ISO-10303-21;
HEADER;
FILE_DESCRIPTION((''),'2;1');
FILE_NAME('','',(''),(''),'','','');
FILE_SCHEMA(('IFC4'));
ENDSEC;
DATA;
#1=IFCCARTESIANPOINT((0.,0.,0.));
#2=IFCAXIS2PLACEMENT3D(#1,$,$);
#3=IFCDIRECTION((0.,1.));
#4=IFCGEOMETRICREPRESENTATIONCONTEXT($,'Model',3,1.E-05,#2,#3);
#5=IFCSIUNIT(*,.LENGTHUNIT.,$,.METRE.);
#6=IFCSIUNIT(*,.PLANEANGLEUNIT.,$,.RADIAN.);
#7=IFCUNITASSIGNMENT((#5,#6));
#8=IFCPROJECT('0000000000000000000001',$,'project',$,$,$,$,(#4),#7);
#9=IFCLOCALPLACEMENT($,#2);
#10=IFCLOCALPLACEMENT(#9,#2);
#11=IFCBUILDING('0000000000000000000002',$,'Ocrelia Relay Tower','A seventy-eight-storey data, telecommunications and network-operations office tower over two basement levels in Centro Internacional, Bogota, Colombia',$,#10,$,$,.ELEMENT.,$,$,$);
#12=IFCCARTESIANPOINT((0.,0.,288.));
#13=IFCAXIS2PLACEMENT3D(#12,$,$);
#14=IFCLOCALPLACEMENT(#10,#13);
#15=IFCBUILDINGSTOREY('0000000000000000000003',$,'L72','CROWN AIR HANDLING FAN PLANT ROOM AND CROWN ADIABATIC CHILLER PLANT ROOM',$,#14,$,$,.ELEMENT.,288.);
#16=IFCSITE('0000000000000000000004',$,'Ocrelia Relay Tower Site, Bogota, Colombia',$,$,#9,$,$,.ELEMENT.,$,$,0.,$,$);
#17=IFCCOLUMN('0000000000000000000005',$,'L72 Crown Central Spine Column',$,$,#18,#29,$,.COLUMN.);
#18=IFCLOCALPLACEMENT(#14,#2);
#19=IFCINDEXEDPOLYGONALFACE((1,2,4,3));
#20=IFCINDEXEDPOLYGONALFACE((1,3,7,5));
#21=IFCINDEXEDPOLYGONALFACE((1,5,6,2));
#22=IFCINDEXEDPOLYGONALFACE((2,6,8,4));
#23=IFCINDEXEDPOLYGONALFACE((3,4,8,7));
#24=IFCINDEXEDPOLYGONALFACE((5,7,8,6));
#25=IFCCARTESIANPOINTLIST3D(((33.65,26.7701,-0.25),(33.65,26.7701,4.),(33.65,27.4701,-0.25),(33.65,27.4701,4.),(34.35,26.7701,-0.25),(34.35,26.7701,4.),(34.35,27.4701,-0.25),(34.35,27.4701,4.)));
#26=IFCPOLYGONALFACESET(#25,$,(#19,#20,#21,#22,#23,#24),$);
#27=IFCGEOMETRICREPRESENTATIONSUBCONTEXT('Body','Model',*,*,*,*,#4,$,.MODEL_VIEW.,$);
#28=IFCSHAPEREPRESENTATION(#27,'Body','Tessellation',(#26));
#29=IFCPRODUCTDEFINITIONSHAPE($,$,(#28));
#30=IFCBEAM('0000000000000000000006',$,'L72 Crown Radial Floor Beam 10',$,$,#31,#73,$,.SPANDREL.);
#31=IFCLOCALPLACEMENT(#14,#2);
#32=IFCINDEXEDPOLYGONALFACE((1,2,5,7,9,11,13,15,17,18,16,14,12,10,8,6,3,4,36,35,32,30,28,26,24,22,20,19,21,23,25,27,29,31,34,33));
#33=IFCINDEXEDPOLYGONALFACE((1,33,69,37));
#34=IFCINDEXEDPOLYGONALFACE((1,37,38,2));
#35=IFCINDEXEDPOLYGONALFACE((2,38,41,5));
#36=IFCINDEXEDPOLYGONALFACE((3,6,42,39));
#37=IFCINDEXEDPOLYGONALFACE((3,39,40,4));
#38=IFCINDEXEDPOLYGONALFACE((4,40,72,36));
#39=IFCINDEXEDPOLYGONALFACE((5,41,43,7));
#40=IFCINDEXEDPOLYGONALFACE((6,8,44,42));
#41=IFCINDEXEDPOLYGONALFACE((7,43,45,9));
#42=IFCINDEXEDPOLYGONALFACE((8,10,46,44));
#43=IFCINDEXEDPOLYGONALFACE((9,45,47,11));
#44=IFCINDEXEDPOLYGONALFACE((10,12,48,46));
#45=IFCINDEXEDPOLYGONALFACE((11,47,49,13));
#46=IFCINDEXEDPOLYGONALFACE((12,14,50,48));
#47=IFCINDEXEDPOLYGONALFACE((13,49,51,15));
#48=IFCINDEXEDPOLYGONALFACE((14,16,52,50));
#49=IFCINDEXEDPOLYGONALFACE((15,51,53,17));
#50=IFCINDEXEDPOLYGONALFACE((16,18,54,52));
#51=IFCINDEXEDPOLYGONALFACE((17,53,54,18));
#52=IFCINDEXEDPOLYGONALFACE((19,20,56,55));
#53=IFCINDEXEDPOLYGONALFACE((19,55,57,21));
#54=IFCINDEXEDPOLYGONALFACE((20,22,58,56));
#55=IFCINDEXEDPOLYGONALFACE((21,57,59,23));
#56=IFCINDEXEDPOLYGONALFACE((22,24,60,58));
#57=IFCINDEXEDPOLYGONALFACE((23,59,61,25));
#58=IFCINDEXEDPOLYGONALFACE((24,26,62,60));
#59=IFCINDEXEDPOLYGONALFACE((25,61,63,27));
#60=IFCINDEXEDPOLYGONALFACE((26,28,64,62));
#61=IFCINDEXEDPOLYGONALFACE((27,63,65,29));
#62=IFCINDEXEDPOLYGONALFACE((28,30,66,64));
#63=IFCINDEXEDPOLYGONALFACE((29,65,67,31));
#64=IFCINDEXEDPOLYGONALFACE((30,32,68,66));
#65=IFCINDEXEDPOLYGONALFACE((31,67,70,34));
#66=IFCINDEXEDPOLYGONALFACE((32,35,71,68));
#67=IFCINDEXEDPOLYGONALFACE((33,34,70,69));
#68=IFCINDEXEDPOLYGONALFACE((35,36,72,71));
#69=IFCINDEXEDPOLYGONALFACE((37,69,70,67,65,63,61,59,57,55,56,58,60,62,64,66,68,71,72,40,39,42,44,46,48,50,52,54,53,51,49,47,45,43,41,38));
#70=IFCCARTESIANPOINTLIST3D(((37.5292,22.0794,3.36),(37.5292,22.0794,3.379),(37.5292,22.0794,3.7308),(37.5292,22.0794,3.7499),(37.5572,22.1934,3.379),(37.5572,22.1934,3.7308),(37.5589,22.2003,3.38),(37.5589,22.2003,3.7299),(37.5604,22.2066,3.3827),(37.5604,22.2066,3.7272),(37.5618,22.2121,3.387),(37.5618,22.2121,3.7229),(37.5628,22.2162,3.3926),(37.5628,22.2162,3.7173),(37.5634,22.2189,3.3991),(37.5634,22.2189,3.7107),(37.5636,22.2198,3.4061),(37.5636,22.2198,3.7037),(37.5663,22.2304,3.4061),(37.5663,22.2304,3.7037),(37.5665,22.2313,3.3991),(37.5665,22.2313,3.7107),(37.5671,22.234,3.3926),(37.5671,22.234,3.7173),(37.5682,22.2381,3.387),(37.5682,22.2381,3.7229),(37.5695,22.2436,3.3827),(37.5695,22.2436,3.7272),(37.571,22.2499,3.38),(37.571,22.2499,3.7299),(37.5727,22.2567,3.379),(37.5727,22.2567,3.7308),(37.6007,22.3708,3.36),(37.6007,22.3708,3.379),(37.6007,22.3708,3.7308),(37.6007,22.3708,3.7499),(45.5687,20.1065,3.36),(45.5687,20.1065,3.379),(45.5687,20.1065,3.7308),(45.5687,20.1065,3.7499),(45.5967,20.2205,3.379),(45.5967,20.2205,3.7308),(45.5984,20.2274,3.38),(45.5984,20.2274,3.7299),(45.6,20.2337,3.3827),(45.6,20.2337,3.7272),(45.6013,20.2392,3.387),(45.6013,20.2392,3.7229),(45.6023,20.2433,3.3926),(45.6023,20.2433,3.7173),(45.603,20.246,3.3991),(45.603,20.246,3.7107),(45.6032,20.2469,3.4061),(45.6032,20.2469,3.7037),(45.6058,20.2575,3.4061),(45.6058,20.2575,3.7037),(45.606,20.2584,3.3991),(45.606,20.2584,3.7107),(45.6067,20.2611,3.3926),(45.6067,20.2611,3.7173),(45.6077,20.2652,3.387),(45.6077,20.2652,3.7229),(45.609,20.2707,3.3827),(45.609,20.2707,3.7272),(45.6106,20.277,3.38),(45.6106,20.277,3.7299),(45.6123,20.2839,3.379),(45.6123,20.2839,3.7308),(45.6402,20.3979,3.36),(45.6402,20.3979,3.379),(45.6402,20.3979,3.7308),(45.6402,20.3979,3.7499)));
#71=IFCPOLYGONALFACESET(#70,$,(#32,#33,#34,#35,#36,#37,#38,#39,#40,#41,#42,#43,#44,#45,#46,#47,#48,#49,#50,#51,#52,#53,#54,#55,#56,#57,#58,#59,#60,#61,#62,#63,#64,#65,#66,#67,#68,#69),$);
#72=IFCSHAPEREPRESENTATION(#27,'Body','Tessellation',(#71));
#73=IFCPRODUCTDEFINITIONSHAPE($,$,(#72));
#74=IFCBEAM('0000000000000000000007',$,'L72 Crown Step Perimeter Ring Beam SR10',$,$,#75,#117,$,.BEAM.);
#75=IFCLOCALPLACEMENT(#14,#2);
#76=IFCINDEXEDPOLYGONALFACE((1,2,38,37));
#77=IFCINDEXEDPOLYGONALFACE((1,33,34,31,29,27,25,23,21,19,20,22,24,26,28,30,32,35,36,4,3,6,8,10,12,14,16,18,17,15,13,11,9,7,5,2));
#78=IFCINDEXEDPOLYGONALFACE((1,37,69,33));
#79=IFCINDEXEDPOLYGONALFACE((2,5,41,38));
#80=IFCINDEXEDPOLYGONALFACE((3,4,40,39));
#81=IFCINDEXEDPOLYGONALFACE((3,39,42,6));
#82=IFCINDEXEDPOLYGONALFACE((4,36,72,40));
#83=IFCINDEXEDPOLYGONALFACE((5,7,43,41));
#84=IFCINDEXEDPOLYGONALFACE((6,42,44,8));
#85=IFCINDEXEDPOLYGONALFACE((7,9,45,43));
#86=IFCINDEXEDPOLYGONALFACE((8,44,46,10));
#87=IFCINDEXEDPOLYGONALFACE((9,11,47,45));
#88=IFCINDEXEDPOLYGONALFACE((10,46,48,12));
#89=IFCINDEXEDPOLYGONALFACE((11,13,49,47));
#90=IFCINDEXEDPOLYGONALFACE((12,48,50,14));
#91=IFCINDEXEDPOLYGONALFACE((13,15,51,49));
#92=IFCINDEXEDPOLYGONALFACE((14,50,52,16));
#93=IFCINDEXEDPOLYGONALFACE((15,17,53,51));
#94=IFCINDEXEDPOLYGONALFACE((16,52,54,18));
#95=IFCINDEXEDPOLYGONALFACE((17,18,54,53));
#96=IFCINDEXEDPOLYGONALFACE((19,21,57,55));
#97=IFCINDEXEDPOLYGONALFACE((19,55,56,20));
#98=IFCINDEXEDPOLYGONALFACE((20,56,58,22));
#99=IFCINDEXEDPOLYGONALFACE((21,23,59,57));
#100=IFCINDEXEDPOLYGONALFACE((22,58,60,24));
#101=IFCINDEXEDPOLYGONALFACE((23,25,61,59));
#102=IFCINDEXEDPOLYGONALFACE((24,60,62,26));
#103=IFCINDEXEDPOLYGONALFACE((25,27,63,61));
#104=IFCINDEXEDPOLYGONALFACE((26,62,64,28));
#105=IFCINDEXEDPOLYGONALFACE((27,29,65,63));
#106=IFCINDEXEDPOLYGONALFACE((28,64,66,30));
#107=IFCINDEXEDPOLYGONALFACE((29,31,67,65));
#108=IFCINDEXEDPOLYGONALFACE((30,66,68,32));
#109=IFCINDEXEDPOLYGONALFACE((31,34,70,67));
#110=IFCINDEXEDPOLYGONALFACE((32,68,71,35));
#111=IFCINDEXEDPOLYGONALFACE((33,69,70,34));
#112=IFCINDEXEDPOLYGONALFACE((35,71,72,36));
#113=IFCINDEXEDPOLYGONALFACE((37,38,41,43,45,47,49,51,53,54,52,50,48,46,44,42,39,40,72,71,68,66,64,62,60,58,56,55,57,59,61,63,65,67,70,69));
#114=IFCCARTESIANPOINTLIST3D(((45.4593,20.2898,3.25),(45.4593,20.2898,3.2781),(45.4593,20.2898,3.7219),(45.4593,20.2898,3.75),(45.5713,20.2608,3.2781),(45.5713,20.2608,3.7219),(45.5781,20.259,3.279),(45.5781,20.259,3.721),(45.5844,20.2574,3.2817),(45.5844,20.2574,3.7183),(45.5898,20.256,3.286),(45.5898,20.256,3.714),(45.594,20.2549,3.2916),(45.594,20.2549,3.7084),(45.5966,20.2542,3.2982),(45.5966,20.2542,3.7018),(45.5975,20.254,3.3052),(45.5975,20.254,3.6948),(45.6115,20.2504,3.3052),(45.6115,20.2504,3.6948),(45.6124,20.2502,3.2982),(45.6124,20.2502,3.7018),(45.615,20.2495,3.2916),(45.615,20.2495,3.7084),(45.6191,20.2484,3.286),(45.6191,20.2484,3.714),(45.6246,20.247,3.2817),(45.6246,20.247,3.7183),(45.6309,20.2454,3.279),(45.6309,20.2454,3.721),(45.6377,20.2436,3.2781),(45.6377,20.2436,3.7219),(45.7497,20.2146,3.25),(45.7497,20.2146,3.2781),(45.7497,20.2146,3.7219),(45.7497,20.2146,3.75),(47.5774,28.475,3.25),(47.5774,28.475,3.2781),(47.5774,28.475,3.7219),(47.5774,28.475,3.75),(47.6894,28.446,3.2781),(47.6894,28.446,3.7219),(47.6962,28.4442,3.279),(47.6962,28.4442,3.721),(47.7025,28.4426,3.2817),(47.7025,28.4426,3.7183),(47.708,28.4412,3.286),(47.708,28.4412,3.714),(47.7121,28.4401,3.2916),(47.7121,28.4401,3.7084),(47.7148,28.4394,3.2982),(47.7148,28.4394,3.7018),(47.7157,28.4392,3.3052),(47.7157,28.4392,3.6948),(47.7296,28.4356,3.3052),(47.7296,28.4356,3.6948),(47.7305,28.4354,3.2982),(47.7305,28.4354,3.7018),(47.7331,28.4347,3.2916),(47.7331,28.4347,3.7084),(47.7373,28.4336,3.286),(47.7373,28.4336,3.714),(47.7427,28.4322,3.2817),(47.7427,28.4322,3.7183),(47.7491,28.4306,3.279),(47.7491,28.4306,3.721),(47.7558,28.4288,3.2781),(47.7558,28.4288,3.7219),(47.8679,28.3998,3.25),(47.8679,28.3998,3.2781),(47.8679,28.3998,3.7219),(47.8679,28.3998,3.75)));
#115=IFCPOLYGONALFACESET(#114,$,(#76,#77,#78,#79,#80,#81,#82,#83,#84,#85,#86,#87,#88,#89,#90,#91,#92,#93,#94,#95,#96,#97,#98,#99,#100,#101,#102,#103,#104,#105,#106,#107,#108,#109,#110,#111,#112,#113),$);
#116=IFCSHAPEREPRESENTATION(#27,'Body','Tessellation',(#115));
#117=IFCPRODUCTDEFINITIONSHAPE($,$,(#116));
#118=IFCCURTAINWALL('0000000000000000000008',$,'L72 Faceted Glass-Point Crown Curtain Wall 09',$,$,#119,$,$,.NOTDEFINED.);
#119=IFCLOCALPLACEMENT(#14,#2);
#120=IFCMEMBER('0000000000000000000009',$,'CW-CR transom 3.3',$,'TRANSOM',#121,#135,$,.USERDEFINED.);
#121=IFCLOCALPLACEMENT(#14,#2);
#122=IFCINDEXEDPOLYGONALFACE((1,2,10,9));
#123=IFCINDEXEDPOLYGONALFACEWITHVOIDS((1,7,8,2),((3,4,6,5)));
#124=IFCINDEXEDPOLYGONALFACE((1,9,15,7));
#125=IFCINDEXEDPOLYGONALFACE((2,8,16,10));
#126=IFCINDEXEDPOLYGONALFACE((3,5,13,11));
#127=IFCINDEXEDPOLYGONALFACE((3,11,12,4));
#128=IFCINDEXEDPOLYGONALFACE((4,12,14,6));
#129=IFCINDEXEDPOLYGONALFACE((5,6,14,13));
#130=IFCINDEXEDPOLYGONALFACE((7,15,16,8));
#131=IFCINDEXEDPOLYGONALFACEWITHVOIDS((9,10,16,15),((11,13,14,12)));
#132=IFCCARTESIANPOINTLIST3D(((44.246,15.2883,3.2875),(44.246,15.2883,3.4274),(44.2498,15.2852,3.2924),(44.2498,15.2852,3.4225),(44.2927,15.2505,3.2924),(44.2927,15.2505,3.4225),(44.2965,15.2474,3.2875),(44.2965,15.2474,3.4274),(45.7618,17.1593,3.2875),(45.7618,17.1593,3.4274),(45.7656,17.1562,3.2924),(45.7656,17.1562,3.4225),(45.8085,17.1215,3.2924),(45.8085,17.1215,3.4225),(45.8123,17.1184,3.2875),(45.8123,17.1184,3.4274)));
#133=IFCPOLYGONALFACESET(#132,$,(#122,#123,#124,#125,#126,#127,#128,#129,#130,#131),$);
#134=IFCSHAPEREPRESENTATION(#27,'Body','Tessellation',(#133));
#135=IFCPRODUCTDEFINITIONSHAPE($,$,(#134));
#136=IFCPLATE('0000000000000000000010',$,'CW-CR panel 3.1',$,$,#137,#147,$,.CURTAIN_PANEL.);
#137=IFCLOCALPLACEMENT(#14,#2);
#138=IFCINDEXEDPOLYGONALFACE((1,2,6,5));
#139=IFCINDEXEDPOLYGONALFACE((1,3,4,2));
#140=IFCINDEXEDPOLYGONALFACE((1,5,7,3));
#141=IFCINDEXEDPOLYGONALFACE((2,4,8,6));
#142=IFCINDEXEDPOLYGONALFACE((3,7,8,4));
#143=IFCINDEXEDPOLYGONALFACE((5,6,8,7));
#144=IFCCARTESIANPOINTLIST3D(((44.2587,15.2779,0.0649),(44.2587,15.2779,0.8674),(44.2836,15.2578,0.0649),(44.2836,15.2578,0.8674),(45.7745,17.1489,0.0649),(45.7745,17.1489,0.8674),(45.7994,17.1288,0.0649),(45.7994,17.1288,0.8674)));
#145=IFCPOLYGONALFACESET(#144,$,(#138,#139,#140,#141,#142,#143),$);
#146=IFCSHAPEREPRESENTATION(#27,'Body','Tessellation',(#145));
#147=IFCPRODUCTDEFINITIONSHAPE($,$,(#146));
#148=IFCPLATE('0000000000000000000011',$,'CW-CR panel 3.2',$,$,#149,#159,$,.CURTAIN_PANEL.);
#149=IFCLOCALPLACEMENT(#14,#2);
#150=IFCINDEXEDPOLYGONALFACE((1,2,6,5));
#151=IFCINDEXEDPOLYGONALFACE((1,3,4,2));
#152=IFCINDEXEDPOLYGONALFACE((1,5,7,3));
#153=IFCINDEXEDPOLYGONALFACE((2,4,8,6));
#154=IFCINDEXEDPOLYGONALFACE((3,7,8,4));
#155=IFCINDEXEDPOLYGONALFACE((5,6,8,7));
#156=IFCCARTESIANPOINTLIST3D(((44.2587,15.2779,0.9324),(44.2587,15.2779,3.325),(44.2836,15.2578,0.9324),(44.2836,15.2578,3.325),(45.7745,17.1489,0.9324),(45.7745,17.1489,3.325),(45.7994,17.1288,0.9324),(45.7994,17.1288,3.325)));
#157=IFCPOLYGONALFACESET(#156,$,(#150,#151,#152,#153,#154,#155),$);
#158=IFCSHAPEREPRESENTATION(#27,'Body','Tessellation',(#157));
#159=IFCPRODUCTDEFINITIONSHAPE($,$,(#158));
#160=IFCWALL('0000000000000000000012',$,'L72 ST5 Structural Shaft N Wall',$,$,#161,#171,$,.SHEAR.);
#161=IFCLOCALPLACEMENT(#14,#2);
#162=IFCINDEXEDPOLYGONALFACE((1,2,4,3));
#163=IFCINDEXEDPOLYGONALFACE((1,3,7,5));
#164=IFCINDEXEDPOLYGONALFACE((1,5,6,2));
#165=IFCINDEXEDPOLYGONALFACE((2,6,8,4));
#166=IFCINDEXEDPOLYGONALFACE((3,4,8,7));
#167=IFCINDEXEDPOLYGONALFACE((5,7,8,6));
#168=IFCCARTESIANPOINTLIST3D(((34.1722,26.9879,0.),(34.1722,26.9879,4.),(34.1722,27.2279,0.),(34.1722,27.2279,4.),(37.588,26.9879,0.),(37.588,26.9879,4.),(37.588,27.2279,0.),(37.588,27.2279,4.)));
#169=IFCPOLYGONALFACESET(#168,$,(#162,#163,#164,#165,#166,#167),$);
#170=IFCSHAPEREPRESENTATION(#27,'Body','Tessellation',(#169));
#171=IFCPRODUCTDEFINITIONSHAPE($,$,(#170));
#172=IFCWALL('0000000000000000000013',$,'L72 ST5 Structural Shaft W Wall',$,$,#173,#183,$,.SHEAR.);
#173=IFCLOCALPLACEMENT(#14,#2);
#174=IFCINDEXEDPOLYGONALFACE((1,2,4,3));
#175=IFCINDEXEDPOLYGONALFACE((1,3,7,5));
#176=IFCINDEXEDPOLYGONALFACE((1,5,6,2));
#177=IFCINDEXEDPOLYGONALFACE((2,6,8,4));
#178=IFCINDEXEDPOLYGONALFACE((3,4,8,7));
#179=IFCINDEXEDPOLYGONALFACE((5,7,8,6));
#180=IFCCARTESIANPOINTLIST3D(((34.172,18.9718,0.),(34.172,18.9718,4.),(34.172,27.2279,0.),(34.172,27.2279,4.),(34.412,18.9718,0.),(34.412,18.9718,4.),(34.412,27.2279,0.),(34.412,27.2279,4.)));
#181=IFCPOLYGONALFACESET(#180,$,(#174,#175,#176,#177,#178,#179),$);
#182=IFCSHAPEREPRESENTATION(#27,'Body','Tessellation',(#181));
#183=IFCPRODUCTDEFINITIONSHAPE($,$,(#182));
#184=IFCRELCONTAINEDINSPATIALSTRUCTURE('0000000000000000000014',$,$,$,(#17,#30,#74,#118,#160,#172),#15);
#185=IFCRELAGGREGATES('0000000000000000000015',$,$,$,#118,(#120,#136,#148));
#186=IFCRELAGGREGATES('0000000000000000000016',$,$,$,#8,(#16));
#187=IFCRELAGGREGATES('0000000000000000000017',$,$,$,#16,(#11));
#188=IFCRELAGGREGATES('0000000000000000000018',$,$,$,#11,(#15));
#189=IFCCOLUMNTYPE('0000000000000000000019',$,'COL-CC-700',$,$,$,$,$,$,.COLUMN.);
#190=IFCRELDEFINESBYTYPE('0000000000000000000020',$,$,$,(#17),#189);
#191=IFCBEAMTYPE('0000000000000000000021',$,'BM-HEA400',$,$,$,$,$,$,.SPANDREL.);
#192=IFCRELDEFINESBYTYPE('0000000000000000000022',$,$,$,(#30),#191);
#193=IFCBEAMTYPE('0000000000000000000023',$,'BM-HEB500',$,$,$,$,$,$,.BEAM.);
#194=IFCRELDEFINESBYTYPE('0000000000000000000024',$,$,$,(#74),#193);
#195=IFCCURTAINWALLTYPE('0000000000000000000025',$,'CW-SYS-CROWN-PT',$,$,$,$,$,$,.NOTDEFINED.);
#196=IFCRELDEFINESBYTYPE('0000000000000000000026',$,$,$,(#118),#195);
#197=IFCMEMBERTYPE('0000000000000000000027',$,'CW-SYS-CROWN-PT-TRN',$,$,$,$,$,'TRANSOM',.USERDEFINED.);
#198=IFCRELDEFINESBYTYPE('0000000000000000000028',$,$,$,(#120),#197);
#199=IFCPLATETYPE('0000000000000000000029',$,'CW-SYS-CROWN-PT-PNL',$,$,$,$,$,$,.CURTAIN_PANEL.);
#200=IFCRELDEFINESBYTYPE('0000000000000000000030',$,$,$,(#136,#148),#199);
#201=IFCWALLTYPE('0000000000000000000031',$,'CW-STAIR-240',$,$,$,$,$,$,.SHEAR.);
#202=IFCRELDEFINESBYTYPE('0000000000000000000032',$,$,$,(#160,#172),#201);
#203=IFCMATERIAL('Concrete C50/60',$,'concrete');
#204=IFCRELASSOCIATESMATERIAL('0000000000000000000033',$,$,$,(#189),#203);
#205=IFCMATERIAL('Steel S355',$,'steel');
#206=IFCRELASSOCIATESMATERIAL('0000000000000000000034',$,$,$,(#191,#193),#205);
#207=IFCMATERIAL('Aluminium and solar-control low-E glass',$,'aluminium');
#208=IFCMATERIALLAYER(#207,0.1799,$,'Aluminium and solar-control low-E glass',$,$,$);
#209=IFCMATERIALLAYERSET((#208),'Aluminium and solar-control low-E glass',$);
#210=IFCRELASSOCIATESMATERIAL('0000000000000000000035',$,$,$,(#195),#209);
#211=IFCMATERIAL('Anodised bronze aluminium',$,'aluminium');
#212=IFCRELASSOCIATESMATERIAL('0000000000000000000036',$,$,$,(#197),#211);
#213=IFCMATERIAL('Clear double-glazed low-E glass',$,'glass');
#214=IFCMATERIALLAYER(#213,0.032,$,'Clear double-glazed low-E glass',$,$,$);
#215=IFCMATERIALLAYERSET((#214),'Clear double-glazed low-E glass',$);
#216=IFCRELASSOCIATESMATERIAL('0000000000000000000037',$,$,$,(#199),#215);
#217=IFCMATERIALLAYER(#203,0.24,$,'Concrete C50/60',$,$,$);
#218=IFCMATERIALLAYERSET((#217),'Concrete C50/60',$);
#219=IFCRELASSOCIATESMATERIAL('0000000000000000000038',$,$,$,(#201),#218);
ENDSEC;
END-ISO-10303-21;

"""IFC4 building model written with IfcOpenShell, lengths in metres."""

from ifc_helpers import new_model, si_unit, direction, frame, frame_2d, origin, origin_2d, place, context, subcontext, project, spatial, rectangle, hollow_rectangle, i_section, extrude, material, layer, layer_set, material_profile, profile_set, type_object, element, aggregate, save


model = new_model("IFC4")

# Units and contexts
model_context = context("Model", 3, precision=1e-05, world=origin(), true_north=direction((0.0, 1.0)))
body_context = subcontext(model_context, "Body", "Model", "MODEL_VIEW")
ifc_project = project(units=[si_unit("LENGTHUNIT", "METRE"), si_unit("PLANEANGLEUNIT", "RADIAN")], contexts=[model_context])

# Site, building, storey
site_placement = place(None, origin())
site = spatial("IfcSite", under=ifc_project, at=site_placement, Name="Ocrelia Relay Tower Site, Bogota, Colombia", CompositionType="ELEMENT", RefElevation=0.0)
building_placement = place(site_placement, origin())
building = spatial("IfcBuilding", under=site, at=building_placement, Name="Ocrelia Relay Tower", Description="A seventy-eight-storey data, telecommunications and network-operations office tower over two basement levels in Centro Internacional, Bogota, Colombia", CompositionType="ELEMENT")
storey_placement = place(building_placement, frame((0.0, 0.0, 288.0)))
storey = spatial("IfcBuildingStorey", under=building, at=storey_placement, Name="L72", Description="CROWN AIR HANDLING FAN PLANT ROOM AND CROWN ADIABATIC CHILLER PLANT ROOM", CompositionType="ELEMENT", Elevation=288.0)

# Column
ifc_material_1 = material(Name="Concrete C50/60", Category="concrete")
ifc_material_profile_1 = material_profile(ifc_material_1, rectangle(XDim=0.7, YDim=0.7, at=origin_2d()), Name="RC-COL-700x700")
ifc_profile_set_1 = profile_set([ifc_material_profile_1], Name="Concrete C50/60")
column_type = type_object("IfcColumnType", Name="COL-CC-700", PredefinedType="COLUMN", material=ifc_profile_set_1)
column_placement = place(storey_placement, frame((34.0, 27.1201, -0.25), z_axis=(0.0, 0.0, 1.0), x_axis=(1.0, 0.0, 0.0)))
element("IfcColumn", 1, at=column_placement, inside=storey, type_object=column_type, Name="L72 Crown Central Spine Column", PredefinedType="COLUMN", context=body_context, shape_type="SweptSolid", body=[
    extrude(rectangle(XDim=0.7, YDim=0.7, at=origin_2d()), origin(), (0.0, 0.0, 1.0), 4.25),
])

# Beams
ifc_material_2 = material(Name="Steel S355", Category="steel")
ifc_material_profile_2 = material_profile(ifc_material_2, i_section(OverallWidth=0.3, OverallDepth=0.3899, WebThickness=0.011, FlangeThickness=0.019, FilletRadius=0.0271, at=origin_2d()), Name="HEA 400")
ifc_profile_set_2 = profile_set([ifc_material_profile_2], Name="Steel S355")
beam_type_1 = type_object("IfcBeamType", Name="BM-HEA400", PredefinedType="SPANDREL", material=ifc_profile_set_2)
beam_1_placement = place(storey_placement, frame((45.6045, 20.2522, 3.5549), z_axis=(-0.971185, 0.238328, 0.0), x_axis=(-0.238328, -0.971185, 0.0)))
element("IfcBeam", 2, at=beam_1_placement, inside=storey, type_object=beam_type_1, Name="L72 Crown Radial Floor Beam 10", PredefinedType="SPANDREL", context=body_context, shape_type="SweptSolid", body=[
    extrude(i_section(OverallWidth=0.3, OverallDepth=0.3899, WebThickness=0.011, FlangeThickness=0.019, FilletRadius=0.0271, at=origin_2d()), origin(), (0.0, 0.0, 1.0), 8.2781),
])
ifc_material_profile_3 = material_profile(ifc_material_2, i_section(OverallWidth=0.3, OverallDepth=0.5, WebThickness=0.0144, FlangeThickness=0.0281, FilletRadius=0.0271, at=origin_2d()), Name="HEB 500")
ifc_profile_set_3 = profile_set([ifc_material_profile_3], Name="Steel S355")
beam_type_2 = type_object("IfcBeamType", Name="BM-HEB500", PredefinedType="BEAM", material=ifc_profile_set_3)
beam_2_placement = place(storey_placement, frame((45.6045, 20.2522, 3.5), z_axis=(0.250524, 0.96811, 0.0), x_axis=(-0.96811, 0.250524, 0.0)))
element("IfcBeam", 3, at=beam_2_placement, inside=storey, type_object=beam_type_2, Name="L72 Crown Step Perimeter Ring Beam SR10", PredefinedType="BEAM", context=body_context, shape_type="SweptSolid", body=[
    extrude(i_section(OverallWidth=0.3, OverallDepth=0.5, WebThickness=0.0144, FlangeThickness=0.0281, FilletRadius=0.0271, at=origin_2d()), origin(), (0.0, 0.0, 1.0), 8.4548),
])

# Curtain wall, member, plates
ifc_material_3 = material(Name="Aluminium and solar-control low-E glass", Category="aluminium")
ifc_layer_1 = layer(ifc_material_3, 0.1799, Name="Aluminium and solar-control low-E glass")
ifc_layer_set_1 = layer_set([ifc_layer_1], Name="Aluminium and solar-control low-E glass")
curtain_wall_type = type_object("IfcCurtainWallType", Name="CW-SYS-CROWN-PT", PredefinedType="NOTDEFINED", material=ifc_layer_set_1)
curtain_wall_placement = place(storey_placement, origin())
curtain_wall = element("IfcCurtainWall", 4, at=curtain_wall_placement, inside=storey, type_object=curtain_wall_type, Name="L72 Faceted Glass-Point Crown Curtain Wall 09", PredefinedType="NOTDEFINED")
ifc_material_4 = material(Name="Anodised bronze aluminium", Category="aluminium")
ifc_material_profile_4 = material_profile(ifc_material_4, hollow_rectangle(XDim=0.0649, YDim=0.1399, WallThickness=0.0049, at=origin_2d()), Name="CW-TRN-140x65")
ifc_profile_set_4 = profile_set([ifc_material_profile_4], Name="Anodised bronze aluminium")
member_type = type_object("IfcMemberType", Name="CW-SYS-CROWN-PT-TRN", ElementType="TRANSOM", PredefinedType="USERDEFINED", material=ifc_profile_set_4)
member_placement = place(storey_placement, frame((44.2712, 15.2678, 3.3574), z_axis=(0.629493, 0.777006, 0.0), x_axis=(-0.777006, 0.629493, 0.0)))
member = element("IfcMember", 5, at=member_placement, type_object=member_type, Name="CW-CR transom 3.3", ObjectType="TRANSOM", PredefinedType="USERDEFINED", context=body_context, shape_type="SweptSolid", body=[
    extrude(hollow_rectangle(XDim=0.0649, YDim=0.1399, WallThickness=0.0049, at=origin_2d()), origin(), (0.0, 0.0, 1.0), 2.408),
])
ifc_material_5 = material(Name="Clear double-glazed low-E glass", Category="glass")
ifc_layer_2 = layer(ifc_material_5, 0.032, Name="Clear double-glazed low-E glass")
ifc_layer_set_2 = layer_set([ifc_layer_2], Name="Clear double-glazed low-E glass")
plate_type = type_object("IfcPlateType", Name="CW-SYS-CROWN-PT-PNL", PredefinedType="CURTAIN_PANEL", material=ifc_layer_set_2)
plate_1_placement = place(storey_placement, frame((45.0291, 16.2034, 0.0649), z_axis=(0.0, 0.0, 1.0), x_axis=(0.629503, 0.776998, 0.0)))
plate_1 = element("IfcPlate", 6, at=plate_1_placement, type_object=plate_type, Name="CW-CR panel 3.1", PredefinedType="CURTAIN_PANEL", context=body_context, shape_type="SweptSolid", body=[
    extrude(rectangle(XDim=2.408, YDim=0.032, at=origin_2d()), origin(), (0.0, 0.0, 1.0), 0.8025),
])
plate_2_placement = place(storey_placement, frame((45.0291, 16.2034, 0.9324), z_axis=(0.0, 0.0, 1.0), x_axis=(0.629503, 0.776998, 0.0)))
plate_2 = element("IfcPlate", 7, at=plate_2_placement, type_object=plate_type, Name="CW-CR panel 3.2", PredefinedType="CURTAIN_PANEL", context=body_context, shape_type="SweptSolid", body=[
    extrude(rectangle(XDim=2.408, YDim=0.032, at=origin_2d()), origin(), (0.0, 0.0, 1.0), 2.3926),
])
aggregate(curtain_wall, [member, plate_1, plate_2])

# Shared definitions
ifc_layer_3 = layer(ifc_material_1, 0.24, Name="Concrete C50/60")
ifc_layer_set_3 = layer_set([ifc_layer_3], Name="Concrete C50/60")
wall_type_1 = type_object("IfcWallType", Name="CW-STAIR-240", PredefinedType="SHEAR", material=ifc_layer_set_3)

# Walls
wall_1_placement = place(storey_placement, frame((34.1721, 27.1079, 0.0), z_axis=(0.0, 0.0, 1.0), x_axis=(1.0, 0.0, 0.0)))
element("IfcWall", 8, at=wall_1_placement, inside=storey, type_object=wall_type_1, Name="L72 ST5 Structural Shaft N Wall", PredefinedType="SHEAR", context=body_context, shape_type="SweptSolid", body=[
    extrude(rectangle(XDim=3.4158, YDim=0.24, at=frame_2d((1.708, 0.0))), origin(), (0.0, 0.0, 1.0), 4.0),
])
for number, where, z_axis, x_axis, name in (
    (9, (34.292, 18.9719, 0.0), (0.0, 0.0, 1.0), (0.0, 1.0, 0.0), "L72 ST5 Structural Shaft W Wall"),
):
    element("IfcWall", number, at=place(storey_placement, frame(where, z_axis=z_axis, x_axis=x_axis)), inside=storey, type_object=wall_type_1, Name=name, PredefinedType="SHEAR", context=body_context, shape_type="SweptSolid", body=[
        extrude(rectangle(XDim=8.2561, YDim=0.24, at=frame_2d((4.1279, 0.0))), origin(), (0.0, 0.0, 1.0), 4.0),
    ])

save(model, "model.ifc")
